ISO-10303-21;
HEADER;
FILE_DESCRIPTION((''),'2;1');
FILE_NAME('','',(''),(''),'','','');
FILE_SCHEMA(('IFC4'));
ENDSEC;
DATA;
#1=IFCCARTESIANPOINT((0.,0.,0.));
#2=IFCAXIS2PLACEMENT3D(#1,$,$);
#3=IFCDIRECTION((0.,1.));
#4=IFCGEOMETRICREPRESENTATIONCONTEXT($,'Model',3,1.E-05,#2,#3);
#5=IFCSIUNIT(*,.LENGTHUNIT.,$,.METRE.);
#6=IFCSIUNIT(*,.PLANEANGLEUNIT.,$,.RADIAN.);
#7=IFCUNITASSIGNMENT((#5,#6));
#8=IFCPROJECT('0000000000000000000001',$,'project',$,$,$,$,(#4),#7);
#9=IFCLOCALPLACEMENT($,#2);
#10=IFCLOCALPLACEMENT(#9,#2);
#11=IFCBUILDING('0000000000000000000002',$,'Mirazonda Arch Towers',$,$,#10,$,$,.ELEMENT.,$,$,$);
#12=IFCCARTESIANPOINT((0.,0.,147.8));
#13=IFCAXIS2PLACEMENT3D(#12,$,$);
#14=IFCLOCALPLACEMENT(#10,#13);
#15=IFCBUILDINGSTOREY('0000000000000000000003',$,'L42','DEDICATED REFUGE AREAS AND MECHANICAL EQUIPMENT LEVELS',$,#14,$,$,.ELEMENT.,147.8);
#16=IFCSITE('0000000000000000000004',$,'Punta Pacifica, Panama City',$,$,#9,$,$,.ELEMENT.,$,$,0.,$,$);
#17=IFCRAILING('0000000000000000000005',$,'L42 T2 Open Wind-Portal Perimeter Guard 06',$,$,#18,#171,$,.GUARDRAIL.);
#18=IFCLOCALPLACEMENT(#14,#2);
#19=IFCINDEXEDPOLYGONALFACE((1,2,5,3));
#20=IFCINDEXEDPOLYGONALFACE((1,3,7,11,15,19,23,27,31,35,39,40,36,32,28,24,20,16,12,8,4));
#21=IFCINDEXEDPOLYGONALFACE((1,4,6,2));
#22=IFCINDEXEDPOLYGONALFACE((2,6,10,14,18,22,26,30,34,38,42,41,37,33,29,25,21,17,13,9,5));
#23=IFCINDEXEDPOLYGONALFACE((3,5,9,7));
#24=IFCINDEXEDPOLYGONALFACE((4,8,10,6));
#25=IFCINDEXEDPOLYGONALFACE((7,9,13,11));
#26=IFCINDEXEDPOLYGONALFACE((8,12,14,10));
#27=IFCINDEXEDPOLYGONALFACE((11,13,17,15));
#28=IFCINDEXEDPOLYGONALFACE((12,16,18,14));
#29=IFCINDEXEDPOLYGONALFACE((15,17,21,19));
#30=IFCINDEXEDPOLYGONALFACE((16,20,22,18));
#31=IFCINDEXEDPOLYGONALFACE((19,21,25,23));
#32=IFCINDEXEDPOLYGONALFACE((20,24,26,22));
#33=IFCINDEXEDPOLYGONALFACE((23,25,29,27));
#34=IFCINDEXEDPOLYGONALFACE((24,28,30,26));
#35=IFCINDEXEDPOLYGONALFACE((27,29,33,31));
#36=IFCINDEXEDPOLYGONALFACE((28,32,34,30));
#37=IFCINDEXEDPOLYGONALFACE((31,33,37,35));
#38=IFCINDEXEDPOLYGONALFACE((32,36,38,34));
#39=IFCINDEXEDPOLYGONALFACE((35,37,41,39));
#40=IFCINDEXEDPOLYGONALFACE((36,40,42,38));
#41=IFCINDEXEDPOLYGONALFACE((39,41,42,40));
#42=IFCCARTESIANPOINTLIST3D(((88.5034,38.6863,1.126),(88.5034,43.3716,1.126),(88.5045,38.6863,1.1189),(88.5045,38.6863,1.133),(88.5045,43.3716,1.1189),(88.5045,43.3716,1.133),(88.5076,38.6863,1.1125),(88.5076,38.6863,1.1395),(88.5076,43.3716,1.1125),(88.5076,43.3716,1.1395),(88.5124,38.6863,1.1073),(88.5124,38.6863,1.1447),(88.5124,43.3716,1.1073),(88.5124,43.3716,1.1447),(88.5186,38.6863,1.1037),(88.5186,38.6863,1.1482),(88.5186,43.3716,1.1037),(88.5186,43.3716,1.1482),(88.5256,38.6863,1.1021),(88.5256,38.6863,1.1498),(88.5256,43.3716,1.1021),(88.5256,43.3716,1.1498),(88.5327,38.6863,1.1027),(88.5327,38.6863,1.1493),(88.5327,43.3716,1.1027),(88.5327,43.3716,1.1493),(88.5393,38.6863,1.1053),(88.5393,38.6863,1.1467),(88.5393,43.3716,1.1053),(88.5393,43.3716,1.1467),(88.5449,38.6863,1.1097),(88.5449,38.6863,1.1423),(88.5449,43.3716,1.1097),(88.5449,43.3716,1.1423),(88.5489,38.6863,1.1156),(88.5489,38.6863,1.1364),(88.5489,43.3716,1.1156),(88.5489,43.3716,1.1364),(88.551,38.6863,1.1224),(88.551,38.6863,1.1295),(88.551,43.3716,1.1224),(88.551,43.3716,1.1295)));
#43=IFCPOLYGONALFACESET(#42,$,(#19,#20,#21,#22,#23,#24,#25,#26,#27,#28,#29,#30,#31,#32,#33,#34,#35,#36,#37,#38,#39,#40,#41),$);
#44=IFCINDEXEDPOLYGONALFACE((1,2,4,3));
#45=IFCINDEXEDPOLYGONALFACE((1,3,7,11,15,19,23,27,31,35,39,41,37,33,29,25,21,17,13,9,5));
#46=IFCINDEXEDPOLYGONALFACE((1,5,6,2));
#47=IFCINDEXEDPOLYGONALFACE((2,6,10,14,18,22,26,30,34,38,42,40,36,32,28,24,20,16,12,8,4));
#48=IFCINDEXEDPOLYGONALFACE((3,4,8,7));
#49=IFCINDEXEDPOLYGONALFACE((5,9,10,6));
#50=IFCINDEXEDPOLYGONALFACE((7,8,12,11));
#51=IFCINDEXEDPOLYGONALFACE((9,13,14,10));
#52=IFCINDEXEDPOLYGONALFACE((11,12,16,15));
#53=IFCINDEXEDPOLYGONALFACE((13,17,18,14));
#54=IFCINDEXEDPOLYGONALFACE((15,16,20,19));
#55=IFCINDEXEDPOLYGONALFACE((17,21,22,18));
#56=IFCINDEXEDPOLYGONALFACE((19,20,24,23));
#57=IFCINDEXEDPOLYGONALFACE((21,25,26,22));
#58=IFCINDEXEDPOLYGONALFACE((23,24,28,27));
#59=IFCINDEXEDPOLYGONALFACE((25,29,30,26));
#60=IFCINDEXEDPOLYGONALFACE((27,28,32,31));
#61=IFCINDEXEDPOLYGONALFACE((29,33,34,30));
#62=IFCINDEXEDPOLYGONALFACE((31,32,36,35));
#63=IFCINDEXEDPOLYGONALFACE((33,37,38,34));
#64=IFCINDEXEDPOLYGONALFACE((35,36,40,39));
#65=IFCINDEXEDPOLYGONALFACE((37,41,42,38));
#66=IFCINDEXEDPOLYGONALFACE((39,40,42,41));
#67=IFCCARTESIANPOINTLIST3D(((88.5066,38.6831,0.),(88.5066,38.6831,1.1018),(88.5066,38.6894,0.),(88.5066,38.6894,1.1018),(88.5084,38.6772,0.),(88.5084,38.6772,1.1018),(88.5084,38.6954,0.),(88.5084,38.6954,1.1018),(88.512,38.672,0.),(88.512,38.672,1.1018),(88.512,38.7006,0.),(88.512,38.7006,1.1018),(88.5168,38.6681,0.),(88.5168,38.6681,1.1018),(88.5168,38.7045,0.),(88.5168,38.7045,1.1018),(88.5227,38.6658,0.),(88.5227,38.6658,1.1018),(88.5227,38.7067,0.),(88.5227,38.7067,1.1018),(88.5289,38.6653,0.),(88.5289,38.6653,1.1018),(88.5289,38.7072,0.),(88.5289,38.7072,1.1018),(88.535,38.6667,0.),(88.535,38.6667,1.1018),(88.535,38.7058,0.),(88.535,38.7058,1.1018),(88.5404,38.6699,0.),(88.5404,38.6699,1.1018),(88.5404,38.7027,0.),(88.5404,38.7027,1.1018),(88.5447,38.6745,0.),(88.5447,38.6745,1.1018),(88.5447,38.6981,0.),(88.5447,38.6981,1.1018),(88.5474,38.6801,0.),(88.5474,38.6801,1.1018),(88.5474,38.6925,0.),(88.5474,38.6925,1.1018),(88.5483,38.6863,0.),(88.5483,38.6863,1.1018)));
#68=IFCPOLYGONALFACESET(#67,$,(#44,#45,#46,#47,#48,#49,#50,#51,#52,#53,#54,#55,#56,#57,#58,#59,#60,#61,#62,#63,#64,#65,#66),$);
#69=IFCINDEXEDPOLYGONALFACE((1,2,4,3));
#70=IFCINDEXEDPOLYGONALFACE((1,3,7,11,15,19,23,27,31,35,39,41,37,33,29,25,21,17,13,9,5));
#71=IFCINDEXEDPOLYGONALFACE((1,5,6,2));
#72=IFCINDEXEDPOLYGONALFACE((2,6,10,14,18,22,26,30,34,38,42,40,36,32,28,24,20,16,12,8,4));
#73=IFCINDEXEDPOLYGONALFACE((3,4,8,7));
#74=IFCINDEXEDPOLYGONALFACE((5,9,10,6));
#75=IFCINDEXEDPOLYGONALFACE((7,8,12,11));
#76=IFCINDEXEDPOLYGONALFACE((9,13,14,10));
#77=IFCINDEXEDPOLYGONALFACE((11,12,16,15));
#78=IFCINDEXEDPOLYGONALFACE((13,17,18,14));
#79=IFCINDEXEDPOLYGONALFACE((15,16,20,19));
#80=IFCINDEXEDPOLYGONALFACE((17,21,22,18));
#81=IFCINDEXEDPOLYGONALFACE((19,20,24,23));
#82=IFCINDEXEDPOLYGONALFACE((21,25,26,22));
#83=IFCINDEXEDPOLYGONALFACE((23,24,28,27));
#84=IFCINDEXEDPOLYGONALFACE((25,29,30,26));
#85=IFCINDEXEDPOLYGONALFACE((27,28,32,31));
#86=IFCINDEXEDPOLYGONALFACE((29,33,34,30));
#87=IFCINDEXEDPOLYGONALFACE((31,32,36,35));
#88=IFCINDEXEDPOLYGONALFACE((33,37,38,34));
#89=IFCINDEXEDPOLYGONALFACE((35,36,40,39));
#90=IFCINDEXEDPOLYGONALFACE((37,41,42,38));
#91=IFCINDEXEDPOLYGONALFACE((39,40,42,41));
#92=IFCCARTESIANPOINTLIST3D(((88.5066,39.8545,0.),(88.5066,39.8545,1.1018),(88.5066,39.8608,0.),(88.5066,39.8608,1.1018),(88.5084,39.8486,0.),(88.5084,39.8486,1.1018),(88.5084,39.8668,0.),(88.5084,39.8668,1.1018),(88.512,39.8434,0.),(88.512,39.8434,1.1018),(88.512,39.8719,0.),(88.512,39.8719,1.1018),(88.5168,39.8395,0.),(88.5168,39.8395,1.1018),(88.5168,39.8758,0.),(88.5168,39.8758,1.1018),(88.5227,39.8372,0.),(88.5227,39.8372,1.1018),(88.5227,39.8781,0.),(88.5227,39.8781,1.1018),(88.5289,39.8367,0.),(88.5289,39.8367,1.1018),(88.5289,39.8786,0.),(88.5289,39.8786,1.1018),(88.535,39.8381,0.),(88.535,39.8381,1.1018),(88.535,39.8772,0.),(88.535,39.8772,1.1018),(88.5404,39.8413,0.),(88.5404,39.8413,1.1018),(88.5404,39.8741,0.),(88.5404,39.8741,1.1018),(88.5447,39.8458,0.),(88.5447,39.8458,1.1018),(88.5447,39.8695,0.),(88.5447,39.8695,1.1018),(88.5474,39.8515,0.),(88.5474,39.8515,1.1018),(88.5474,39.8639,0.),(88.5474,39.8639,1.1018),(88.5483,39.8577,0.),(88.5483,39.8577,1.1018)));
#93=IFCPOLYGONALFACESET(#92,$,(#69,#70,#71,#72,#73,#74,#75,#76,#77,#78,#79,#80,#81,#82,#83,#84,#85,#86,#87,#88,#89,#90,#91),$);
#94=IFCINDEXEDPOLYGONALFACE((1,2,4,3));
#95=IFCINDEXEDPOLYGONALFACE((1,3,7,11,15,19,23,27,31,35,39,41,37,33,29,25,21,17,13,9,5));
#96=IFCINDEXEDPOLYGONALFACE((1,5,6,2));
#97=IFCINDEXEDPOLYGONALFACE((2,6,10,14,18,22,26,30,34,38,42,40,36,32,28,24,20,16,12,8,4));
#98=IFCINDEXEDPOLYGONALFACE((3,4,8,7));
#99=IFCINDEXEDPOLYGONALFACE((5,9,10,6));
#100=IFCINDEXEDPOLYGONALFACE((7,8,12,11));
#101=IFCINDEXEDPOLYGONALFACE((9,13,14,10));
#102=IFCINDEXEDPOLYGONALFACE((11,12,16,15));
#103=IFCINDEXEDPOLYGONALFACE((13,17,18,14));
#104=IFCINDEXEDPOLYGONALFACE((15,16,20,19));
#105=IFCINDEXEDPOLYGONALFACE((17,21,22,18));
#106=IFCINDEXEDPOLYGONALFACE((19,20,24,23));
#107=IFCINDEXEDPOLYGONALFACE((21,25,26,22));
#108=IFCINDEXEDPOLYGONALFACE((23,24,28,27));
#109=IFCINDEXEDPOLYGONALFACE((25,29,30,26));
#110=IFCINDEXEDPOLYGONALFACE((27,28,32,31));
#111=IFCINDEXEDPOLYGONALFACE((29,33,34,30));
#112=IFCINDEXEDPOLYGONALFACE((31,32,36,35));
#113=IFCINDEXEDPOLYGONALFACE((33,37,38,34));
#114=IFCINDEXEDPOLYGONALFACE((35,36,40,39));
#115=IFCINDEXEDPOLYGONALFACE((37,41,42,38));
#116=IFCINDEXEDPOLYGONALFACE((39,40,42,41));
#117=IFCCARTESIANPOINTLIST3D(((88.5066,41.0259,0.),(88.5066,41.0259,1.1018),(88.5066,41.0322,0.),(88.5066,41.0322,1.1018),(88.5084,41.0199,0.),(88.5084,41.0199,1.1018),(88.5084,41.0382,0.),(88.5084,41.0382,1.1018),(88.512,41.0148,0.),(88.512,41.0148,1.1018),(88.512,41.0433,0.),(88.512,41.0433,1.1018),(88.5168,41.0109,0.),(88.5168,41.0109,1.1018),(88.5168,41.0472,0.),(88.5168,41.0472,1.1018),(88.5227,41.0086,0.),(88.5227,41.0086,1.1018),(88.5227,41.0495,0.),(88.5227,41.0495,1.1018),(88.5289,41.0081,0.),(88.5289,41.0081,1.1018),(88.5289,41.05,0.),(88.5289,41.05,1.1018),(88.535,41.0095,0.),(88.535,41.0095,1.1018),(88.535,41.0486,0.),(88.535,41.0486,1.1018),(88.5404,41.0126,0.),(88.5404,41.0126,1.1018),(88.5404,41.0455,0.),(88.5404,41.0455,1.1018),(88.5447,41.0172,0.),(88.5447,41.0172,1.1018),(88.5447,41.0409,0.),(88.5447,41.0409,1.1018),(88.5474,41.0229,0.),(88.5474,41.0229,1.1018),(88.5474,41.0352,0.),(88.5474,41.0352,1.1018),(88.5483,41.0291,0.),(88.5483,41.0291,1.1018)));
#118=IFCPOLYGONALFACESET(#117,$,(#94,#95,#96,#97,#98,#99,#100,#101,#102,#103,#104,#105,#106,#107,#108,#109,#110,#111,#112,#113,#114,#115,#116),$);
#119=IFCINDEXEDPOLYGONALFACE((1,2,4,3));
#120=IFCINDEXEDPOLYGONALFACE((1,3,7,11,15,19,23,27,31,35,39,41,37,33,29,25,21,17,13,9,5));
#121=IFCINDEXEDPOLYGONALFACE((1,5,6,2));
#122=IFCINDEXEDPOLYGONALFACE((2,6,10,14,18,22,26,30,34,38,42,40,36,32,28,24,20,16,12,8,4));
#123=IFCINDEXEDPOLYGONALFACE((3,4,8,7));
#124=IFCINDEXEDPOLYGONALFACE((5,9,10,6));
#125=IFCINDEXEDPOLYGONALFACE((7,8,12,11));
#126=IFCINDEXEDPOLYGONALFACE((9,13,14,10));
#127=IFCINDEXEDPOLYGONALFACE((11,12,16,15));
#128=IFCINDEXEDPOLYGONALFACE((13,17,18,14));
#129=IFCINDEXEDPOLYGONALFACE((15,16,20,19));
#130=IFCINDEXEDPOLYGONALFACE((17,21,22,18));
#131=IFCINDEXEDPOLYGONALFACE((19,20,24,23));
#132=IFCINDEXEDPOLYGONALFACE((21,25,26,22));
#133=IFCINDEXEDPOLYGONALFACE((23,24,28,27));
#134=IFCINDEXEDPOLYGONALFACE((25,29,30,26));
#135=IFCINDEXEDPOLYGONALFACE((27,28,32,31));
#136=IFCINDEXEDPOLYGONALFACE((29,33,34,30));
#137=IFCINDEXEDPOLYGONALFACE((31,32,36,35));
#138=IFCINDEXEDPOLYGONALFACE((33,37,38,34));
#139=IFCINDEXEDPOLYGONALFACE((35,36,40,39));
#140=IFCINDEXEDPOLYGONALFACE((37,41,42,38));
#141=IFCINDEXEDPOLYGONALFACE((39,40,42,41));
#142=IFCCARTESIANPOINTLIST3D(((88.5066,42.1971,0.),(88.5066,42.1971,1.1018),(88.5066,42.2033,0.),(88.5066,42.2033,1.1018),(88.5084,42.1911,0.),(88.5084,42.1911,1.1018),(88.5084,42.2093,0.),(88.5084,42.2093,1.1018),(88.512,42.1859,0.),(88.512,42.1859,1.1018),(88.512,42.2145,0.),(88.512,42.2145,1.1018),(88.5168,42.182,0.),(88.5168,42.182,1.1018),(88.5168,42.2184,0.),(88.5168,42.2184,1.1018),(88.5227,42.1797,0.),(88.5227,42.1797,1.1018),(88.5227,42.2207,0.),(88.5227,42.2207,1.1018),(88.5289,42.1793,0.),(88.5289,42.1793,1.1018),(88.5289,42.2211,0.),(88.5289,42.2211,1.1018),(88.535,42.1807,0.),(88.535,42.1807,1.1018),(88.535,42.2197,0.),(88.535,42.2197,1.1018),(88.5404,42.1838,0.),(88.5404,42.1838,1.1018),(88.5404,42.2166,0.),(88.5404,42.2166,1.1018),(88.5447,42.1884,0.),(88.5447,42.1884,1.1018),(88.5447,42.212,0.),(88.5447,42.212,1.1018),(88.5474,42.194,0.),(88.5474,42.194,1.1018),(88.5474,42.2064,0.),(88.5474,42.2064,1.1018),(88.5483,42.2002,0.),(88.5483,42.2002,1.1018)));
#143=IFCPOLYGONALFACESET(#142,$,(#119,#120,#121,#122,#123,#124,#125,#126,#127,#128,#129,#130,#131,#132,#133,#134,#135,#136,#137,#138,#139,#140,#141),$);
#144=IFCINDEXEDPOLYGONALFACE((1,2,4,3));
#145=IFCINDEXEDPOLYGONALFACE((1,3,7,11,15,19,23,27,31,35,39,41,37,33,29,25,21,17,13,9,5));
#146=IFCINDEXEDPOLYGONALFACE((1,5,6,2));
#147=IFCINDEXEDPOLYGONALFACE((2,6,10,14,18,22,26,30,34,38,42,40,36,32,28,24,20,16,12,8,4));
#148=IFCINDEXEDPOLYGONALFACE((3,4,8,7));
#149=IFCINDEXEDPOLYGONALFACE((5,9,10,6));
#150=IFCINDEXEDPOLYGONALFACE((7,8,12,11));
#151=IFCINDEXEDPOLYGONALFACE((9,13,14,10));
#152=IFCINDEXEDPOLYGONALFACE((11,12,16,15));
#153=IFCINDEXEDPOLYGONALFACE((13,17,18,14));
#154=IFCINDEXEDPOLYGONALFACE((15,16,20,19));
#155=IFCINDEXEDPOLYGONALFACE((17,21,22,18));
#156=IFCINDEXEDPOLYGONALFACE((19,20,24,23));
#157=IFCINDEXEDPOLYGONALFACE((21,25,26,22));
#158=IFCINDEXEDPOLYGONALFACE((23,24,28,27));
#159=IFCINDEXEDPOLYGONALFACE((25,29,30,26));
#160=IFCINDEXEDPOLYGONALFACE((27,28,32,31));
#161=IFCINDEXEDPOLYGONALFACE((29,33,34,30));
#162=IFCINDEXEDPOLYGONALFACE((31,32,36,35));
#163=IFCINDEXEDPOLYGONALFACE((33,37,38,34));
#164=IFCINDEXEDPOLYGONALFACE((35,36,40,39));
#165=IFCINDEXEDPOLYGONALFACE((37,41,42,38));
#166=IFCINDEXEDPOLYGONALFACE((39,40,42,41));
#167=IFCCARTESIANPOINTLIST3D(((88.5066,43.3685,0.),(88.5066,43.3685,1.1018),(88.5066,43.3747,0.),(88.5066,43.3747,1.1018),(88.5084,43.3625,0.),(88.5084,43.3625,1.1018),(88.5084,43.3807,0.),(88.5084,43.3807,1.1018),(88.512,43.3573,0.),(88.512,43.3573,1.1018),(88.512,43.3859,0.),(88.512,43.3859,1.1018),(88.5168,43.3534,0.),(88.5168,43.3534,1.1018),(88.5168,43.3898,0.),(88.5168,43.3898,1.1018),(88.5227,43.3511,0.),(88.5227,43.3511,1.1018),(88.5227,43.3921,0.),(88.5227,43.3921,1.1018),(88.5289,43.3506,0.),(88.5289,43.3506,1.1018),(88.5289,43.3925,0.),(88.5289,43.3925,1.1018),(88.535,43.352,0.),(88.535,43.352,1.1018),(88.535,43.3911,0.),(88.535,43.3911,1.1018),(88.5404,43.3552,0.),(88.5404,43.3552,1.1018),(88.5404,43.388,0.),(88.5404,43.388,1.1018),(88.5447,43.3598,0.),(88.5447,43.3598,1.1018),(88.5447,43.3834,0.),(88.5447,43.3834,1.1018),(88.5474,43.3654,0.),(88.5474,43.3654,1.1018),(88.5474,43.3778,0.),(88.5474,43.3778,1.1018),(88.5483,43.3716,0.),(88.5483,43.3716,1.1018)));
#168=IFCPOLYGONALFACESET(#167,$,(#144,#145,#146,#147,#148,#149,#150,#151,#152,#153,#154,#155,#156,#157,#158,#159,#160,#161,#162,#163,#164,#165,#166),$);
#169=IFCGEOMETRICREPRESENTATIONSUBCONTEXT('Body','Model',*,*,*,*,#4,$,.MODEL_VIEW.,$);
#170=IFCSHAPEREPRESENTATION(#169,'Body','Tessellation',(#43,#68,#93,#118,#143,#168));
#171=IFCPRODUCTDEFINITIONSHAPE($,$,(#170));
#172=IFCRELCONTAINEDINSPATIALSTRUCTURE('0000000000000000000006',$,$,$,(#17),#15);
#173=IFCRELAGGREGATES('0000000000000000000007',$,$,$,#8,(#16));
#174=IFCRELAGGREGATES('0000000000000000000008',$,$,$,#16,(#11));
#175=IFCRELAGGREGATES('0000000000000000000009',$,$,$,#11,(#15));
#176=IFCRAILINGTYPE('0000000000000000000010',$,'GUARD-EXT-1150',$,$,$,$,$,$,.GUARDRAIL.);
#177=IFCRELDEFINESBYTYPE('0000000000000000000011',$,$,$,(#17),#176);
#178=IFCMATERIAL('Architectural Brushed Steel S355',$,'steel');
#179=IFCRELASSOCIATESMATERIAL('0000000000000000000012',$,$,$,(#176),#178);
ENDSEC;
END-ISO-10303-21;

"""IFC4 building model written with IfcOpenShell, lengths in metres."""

from ifc_helpers import new_model, si_unit, direction, frame, origin, origin_2d, place, context, subcontext, project, spatial, circle, extrude, material, type_object, element, save


model = new_model("IFC4")

# Units and contexts
model_context = context("Model", 3, precision=1e-05, world=origin(), true_north=direction((0.0, 1.0)))
body_context = subcontext(model_context, "Body", "Model", "MODEL_VIEW")
ifc_project = project(units=[si_unit("LENGTHUNIT", "METRE"), si_unit("PLANEANGLEUNIT", "RADIAN")], contexts=[model_context])

# Site, building, storey
site_placement = place(None, origin())
site = spatial("IfcSite", under=ifc_project, at=site_placement, Name="Punta Pacifica, Panama City", CompositionType="ELEMENT", RefElevation=0.0)
building_placement = place(site_placement, origin())
building = spatial("IfcBuilding", under=site, at=building_placement, Name="Mirazonda Arch Towers", CompositionType="ELEMENT")
storey_placement = place(building_placement, frame((0.0, 0.0, 147.8)))
storey = spatial("IfcBuildingStorey", under=building, at=storey_placement, Name="L42", Description="DEDICATED REFUGE AREAS AND MECHANICAL EQUIPMENT LEVELS", CompositionType="ELEMENT", Elevation=147.8)

# Railing
ifc_material_1 = material(Name="Architectural Brushed Steel S355", Category="steel")
railing_type = type_object("IfcRailingType", Name="GUARD-EXT-1150", PredefinedType="GUARDRAIL", material=ifc_material_1)
railing_1_placement = place(storey_placement, frame((88.5273, 38.6863, 0.0)))
element("IfcRailing", 1, at=railing_1_placement, inside=storey, type_object=railing_type, Name="L42 T2 Open Wind-Portal Perimeter Guard 06", PredefinedType="GUARDRAIL", context=body_context, shape_type="SweptSolid", body=[
    extrude(circle(Radius=0.0239, at=origin_2d()), frame((0.0, 0.0, 1.126), z_axis=(0.0, 1.0, 0.0), x_axis=(-1.0, 0.0, 0.0)), (0.0, 0.0, 1.0), 4.6853),
    extrude(circle(Radius=0.021, at=origin_2d()), origin(), (0.0, 0.0, 1.0), 1.1018),
    extrude(circle(Radius=0.021, at=origin_2d()), frame((0.0, 1.1714, 0.0)), (0.0, 0.0, 1.0), 1.1018),
    extrude(circle(Radius=0.021, at=origin_2d()), frame((0.0, 2.3428, 0.0)), (0.0, 0.0, 1.0), 1.1018),
    extrude(circle(Radius=0.021, at=origin_2d()), frame((0.0, 3.5139, 0.0)), (0.0, 0.0, 1.0), 1.1018),
    extrude(circle(Radius=0.021, at=origin_2d()), frame((0.0, 4.6853, 0.0)), (0.0, 0.0, 1.0), 1.1018),
])

save(model, "model.ifc")
